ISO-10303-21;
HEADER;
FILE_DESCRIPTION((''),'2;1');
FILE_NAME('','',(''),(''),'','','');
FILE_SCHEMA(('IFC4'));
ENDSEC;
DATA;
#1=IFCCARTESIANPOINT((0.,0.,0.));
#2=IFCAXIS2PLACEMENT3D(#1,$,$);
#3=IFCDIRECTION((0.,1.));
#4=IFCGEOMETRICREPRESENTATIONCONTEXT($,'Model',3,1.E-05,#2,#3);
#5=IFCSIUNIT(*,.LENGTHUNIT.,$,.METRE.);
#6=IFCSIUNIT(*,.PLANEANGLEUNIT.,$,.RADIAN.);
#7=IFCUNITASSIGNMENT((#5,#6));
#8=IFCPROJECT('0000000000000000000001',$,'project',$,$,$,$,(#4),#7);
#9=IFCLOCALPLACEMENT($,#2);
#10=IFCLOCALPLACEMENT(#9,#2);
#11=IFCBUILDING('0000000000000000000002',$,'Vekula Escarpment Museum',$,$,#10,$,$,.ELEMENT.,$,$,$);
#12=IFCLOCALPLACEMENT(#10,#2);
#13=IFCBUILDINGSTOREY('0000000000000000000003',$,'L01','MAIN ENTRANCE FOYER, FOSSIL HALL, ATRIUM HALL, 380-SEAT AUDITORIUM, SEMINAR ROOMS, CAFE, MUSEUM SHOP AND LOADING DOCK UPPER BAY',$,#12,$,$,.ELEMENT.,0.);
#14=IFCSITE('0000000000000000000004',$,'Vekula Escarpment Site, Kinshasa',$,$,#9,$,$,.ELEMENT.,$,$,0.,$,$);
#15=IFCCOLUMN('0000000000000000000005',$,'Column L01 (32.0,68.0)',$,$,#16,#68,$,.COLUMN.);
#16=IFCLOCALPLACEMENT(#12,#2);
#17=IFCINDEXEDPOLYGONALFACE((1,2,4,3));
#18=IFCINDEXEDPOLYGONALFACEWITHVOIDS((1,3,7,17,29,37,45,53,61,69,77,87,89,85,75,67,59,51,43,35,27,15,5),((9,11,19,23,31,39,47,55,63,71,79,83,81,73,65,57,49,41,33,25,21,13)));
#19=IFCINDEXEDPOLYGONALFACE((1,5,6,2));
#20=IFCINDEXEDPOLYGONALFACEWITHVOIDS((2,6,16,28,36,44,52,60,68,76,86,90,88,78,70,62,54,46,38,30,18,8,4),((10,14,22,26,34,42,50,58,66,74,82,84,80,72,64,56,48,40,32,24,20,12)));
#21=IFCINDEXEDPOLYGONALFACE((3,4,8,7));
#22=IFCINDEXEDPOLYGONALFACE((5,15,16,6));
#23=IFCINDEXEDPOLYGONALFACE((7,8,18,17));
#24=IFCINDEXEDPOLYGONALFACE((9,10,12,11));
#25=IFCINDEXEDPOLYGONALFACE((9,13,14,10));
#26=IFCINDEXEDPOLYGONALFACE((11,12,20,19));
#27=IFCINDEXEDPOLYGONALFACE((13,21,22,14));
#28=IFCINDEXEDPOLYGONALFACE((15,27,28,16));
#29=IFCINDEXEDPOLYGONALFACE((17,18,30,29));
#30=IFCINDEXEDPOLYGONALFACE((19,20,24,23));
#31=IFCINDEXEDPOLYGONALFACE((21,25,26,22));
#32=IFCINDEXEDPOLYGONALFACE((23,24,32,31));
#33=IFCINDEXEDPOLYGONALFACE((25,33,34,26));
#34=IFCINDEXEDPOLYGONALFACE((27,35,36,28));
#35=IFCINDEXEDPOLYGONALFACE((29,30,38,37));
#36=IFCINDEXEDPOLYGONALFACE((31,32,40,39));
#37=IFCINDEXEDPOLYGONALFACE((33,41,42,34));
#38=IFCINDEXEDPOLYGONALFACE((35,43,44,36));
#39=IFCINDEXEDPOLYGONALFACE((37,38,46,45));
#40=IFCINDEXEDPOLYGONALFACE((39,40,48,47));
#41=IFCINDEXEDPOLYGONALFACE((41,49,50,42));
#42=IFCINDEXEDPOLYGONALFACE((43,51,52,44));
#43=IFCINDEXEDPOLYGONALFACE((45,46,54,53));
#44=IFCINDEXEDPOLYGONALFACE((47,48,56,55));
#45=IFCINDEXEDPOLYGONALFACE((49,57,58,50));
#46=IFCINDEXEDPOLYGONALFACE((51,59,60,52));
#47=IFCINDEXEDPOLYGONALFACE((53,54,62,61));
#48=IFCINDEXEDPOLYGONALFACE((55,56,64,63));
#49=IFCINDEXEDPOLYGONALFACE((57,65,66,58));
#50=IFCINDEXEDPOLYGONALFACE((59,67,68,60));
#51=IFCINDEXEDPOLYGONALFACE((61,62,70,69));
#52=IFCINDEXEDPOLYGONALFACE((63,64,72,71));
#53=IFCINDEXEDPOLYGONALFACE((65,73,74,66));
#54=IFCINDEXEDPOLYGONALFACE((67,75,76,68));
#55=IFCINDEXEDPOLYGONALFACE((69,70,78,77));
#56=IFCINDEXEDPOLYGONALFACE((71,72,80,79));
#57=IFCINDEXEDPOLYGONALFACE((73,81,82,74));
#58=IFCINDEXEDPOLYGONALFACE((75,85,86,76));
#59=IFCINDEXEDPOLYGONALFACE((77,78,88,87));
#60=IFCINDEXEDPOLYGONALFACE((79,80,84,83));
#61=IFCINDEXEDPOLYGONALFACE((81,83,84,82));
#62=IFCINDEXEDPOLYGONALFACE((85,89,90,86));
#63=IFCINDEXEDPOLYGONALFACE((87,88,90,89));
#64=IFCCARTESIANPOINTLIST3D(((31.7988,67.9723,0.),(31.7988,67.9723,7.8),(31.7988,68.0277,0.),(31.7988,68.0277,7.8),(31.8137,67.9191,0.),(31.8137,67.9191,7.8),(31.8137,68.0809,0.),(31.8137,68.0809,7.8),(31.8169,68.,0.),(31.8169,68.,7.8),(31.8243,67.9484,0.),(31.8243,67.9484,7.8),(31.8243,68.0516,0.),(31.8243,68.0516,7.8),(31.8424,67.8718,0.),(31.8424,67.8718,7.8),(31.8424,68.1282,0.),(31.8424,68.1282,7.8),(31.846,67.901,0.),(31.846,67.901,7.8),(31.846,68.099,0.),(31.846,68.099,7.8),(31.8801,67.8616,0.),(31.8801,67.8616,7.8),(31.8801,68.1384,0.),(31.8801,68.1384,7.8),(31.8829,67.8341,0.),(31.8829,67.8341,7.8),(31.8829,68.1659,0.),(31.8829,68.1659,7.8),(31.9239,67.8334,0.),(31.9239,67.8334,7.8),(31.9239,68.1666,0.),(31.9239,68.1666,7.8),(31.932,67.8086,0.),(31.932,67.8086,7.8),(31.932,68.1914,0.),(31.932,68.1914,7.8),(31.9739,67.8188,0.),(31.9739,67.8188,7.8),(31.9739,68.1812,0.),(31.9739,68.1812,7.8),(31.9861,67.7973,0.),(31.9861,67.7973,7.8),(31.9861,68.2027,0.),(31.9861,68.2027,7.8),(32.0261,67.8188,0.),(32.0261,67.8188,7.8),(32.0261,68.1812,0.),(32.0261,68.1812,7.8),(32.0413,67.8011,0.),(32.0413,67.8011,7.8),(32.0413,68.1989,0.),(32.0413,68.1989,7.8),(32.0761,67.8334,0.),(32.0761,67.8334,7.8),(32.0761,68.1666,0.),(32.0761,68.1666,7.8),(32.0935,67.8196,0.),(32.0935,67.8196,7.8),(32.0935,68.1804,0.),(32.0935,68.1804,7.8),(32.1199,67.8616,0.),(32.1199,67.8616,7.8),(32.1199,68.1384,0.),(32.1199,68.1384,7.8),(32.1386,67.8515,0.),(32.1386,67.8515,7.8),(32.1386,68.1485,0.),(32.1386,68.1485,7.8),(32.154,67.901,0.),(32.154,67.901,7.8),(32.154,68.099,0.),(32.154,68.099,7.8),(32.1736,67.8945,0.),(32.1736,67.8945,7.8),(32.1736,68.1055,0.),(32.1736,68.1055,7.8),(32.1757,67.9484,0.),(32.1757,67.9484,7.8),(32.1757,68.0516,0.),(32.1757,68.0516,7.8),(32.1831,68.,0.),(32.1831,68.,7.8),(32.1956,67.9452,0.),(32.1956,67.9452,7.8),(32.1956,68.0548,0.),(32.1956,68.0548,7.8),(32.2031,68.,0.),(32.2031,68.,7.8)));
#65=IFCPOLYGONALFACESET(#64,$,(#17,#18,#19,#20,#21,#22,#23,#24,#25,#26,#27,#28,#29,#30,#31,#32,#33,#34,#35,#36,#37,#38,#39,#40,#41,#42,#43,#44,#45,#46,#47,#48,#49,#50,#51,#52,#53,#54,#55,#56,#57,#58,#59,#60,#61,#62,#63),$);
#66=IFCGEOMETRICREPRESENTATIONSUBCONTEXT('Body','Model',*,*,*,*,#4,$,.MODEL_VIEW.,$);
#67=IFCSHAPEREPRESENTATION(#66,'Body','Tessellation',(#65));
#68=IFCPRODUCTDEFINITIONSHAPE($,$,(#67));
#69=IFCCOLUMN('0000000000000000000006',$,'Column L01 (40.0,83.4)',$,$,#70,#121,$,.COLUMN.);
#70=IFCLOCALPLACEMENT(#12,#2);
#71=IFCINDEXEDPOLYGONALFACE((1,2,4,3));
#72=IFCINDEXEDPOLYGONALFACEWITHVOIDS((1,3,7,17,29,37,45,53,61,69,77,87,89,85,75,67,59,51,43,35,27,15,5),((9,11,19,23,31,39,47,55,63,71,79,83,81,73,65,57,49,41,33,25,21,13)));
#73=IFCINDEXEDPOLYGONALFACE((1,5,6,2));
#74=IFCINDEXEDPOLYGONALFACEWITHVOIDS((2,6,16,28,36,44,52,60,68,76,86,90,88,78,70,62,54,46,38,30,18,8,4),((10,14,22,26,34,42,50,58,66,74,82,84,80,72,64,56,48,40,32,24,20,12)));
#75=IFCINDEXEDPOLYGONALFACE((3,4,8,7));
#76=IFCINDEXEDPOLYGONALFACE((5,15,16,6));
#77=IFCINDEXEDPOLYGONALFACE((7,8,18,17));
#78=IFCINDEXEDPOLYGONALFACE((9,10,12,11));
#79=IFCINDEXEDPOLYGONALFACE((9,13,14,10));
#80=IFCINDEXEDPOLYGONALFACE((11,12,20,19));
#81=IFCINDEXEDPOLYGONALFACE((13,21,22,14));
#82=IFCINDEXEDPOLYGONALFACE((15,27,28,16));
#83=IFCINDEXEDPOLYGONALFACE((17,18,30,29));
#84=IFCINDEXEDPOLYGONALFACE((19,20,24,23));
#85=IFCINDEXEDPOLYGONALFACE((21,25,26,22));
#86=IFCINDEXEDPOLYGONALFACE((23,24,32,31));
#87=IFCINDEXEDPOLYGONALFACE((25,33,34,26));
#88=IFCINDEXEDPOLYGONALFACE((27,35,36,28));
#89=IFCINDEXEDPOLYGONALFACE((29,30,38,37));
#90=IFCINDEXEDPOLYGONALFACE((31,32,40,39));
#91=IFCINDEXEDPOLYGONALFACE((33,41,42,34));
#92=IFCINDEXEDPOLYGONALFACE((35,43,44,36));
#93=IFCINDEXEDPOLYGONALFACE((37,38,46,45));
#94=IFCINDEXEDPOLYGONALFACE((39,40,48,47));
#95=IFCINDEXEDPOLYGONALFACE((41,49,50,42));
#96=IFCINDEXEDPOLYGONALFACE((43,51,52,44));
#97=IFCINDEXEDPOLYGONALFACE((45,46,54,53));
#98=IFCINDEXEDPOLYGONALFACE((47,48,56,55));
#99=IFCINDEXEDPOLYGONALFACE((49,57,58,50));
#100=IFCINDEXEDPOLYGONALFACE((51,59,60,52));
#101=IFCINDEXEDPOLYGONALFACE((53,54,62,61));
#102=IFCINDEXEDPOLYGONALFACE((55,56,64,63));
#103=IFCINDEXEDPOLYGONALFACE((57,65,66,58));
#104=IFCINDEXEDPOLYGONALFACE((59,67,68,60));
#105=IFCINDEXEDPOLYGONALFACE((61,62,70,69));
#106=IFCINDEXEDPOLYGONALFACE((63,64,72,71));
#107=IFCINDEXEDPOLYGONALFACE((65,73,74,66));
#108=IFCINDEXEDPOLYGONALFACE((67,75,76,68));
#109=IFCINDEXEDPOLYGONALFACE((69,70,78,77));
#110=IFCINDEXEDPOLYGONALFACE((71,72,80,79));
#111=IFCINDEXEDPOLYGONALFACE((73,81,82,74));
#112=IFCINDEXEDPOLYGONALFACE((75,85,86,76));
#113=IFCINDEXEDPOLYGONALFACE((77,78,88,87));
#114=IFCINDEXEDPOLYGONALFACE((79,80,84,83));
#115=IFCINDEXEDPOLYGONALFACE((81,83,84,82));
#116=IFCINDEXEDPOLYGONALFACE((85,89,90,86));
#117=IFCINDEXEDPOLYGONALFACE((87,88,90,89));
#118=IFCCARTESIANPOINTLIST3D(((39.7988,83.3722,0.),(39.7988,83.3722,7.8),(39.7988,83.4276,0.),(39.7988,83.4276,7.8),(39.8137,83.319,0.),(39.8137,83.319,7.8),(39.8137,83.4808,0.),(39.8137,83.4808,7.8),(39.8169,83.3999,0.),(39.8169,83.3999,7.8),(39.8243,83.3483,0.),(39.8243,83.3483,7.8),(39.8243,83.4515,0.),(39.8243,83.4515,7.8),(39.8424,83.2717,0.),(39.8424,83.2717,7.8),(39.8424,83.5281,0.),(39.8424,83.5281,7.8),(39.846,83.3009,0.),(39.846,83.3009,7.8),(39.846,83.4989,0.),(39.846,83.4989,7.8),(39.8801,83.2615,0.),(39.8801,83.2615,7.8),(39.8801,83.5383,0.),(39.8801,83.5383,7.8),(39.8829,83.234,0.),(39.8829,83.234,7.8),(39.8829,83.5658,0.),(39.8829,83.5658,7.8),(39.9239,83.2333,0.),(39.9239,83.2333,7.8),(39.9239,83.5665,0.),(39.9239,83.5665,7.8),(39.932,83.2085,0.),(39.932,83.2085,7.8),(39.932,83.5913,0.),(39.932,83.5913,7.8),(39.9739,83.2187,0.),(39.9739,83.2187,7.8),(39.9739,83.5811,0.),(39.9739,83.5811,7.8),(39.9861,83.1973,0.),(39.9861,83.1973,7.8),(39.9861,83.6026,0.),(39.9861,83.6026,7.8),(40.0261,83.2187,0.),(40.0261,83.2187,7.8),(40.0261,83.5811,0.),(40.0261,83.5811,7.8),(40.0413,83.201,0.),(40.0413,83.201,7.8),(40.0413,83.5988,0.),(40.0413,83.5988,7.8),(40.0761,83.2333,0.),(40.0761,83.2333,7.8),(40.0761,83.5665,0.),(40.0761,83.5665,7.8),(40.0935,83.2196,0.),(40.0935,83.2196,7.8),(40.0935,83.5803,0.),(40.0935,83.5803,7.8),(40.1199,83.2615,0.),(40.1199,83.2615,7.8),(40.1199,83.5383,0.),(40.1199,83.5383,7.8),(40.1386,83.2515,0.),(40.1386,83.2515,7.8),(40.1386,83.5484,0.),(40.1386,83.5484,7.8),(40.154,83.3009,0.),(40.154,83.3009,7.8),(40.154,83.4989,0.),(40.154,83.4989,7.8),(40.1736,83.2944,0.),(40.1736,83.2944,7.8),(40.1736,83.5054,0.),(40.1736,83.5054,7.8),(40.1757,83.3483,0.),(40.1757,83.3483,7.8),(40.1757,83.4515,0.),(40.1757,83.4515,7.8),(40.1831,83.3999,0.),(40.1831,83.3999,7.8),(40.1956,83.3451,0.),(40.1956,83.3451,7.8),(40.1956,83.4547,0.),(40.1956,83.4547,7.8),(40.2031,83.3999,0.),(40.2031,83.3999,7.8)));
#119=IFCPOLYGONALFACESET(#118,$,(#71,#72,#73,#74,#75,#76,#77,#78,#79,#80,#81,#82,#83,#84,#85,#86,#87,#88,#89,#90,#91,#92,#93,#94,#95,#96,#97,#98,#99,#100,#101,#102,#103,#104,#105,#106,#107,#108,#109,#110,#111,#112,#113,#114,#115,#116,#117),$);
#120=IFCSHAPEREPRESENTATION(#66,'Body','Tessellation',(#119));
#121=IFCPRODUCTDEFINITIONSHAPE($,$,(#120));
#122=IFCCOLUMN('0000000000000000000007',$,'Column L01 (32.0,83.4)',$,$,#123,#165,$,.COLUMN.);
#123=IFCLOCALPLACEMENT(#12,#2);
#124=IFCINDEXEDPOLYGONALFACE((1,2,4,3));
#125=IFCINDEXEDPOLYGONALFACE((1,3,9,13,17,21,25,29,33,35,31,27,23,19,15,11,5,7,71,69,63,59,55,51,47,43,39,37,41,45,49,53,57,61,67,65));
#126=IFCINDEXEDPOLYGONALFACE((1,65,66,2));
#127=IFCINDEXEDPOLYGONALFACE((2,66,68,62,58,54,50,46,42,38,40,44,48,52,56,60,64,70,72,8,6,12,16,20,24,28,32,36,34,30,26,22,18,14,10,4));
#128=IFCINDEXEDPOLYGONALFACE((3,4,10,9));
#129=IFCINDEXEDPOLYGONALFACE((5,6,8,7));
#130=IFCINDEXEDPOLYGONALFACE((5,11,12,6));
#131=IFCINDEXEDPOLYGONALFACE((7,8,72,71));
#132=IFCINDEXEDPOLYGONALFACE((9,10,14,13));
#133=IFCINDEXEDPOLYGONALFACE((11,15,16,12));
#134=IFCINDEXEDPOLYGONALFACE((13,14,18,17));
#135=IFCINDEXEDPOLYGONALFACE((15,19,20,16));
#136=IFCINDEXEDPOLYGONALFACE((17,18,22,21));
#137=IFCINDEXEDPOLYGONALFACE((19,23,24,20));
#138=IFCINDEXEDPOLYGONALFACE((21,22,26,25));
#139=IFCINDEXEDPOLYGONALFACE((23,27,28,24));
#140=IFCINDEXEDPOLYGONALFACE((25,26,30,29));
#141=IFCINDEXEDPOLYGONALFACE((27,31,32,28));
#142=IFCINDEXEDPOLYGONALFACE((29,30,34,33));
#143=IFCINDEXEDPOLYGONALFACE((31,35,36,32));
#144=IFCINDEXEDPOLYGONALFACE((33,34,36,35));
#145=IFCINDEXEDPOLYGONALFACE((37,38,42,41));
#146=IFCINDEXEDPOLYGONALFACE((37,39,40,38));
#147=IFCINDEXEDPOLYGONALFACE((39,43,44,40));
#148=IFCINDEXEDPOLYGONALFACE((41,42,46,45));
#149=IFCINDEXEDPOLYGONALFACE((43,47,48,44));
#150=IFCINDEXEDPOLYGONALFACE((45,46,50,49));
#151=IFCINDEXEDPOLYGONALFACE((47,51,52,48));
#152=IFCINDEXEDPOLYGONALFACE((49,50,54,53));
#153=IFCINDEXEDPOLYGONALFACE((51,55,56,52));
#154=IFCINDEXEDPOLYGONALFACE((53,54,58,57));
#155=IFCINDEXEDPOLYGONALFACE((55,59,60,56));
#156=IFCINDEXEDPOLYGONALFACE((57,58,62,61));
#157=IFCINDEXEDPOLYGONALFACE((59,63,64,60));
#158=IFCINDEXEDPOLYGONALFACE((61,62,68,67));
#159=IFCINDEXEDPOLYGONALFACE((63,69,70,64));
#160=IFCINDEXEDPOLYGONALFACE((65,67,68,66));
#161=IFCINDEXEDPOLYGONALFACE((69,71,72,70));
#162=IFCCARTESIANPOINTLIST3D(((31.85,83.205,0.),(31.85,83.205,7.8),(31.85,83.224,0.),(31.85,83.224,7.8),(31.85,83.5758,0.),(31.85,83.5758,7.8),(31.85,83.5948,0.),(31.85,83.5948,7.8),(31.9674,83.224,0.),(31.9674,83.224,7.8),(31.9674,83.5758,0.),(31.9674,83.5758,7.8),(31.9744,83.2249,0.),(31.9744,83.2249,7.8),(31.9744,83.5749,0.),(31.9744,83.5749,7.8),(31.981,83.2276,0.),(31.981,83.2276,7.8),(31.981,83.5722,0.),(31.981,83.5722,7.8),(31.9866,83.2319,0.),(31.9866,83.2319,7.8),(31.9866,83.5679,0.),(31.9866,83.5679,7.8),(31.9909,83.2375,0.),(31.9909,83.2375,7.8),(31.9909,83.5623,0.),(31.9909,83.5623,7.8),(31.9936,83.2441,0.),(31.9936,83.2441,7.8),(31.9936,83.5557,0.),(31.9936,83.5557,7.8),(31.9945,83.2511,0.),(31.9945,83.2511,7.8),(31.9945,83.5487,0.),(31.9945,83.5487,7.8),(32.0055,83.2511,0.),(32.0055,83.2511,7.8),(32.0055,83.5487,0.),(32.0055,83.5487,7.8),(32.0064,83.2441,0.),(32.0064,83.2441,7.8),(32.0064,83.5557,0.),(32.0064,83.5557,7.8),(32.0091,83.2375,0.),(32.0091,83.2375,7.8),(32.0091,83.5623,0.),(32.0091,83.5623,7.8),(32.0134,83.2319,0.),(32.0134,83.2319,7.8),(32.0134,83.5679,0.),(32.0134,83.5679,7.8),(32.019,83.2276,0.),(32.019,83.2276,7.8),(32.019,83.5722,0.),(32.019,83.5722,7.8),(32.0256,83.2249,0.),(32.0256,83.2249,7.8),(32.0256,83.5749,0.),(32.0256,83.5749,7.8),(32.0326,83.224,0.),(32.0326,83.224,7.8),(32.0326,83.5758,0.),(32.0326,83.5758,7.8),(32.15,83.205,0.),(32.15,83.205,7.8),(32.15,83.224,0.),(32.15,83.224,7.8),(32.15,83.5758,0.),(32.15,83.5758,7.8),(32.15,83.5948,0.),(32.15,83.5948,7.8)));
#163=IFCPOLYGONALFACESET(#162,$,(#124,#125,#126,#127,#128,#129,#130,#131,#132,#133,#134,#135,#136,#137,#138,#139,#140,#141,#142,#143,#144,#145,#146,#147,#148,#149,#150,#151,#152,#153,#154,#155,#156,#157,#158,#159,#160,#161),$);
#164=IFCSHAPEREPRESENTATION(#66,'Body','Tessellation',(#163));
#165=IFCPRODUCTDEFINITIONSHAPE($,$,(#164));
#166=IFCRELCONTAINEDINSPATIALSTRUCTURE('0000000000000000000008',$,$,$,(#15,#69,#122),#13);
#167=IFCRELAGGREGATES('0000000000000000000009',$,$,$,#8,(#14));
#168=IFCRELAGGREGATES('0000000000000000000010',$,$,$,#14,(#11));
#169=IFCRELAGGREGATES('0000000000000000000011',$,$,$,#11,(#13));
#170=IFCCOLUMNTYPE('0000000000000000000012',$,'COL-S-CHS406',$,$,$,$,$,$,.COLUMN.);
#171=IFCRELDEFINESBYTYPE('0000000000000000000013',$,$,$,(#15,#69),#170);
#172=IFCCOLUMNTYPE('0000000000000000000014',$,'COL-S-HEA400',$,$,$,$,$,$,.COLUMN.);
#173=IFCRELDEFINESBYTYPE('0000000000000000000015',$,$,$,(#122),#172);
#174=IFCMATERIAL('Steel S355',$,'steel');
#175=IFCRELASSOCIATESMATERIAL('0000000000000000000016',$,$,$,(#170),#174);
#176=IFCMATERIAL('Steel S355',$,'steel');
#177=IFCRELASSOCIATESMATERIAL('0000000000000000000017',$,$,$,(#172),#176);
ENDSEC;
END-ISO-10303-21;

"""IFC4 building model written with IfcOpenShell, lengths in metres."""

from ifc_helpers import new_model, si_unit, direction, frame, origin, origin_2d, place, context, subcontext, project, spatial, hollow_circle, i_section, extrude, material, material_profile, profile_set, type_object, element, save


model = new_model("IFC4")

# Units and contexts
model_context = context("Model", 3, precision=1e-05, world=origin(), true_north=direction((0.0, 1.0)))
body_context = subcontext(model_context, "Body", "Model", "MODEL_VIEW")
ifc_project = project(units=[si_unit("LENGTHUNIT", "METRE"), si_unit("PLANEANGLEUNIT", "RADIAN")], contexts=[model_context])

# Site, building, storey
site_placement = place(None, origin())
site = spatial("IfcSite", under=ifc_project, at=site_placement, Name="Vekula Escarpment Site, Kinshasa", CompositionType="ELEMENT", RefElevation=0.0)
building_placement = place(site_placement, origin())
building = spatial("IfcBuilding", under=site, at=building_placement, Name="Vekula Escarpment Museum", CompositionType="ELEMENT")
storey_placement = place(building_placement, origin())
storey = spatial("IfcBuildingStorey", under=building, at=storey_placement, Name="L01", Description="MAIN ENTRANCE FOYER, FOSSIL HALL, ATRIUM HALL, 380-SEAT AUDITORIUM, SEMINAR ROOMS, CAFE, MUSEUM SHOP AND LOADING DOCK UPPER BAY", CompositionType="ELEMENT", Elevation=0.0)

# Columns
ifc_material_1 = material(Name="Steel S355", Category="steel")
ifc_material_profile_1 = material_profile(ifc_material_1, hollow_circle(Radius=0.2031, WallThickness=0.02, at=origin_2d()), Name="CHS 406.4x20")
ifc_profile_set_1 = profile_set([ifc_material_profile_1], Name="Steel S355")
column_type_1 = type_object("IfcColumnType", Name="COL-S-CHS406", PredefinedType="COLUMN", material=ifc_profile_set_1)
for number, where, z_axis, x_axis, name in (
    (1, (32.0, 68.0, 0.0), (0.0, 0.0, 1.0), (1.0, 0.0, 0.0), "Column L01 (32.0,68.0)"),
    (2, (40.0, 83.3999, 0.0), (0.0, 0.0, 1.0), (1.0, 0.0, 0.0), "Column L01 (40.0,83.4)"),
):
    element("IfcColumn", number, at=place(storey_placement, frame(where, z_axis=z_axis, x_axis=x_axis)), inside=storey, type_object=column_type_1, Name=name, PredefinedType="COLUMN", context=body_context, shape_type="SweptSolid", body=[
        extrude(hollow_circle(Radius=0.2031, WallThickness=0.02, at=origin_2d()), origin(), (0.0, 0.0, 1.0), 7.8),
    ])
ifc_material_2 = material(Name="Steel S355", Category="steel")
ifc_material_profile_2 = material_profile(ifc_material_2, i_section(OverallWidth=0.3, OverallDepth=0.3899, WebThickness=0.011, FlangeThickness=0.019, FilletRadius=0.0271, at=origin_2d()), Name="HEA 400")
ifc_profile_set_2 = profile_set([ifc_material_profile_2], Name="Steel S355")
column_type_2 = type_object("IfcColumnType", Name="COL-S-HEA400", PredefinedType="COLUMN", material=ifc_profile_set_2)
for number, where, z_axis, x_axis, name in (
    (3, (32.0, 83.3999, 0.0), (0.0, 0.0, 1.0), (1.0, 0.0, 0.0), "Column L01 (32.0,83.4)"),
):
    element("IfcColumn", number, at=place(storey_placement, frame(where, z_axis=z_axis, x_axis=x_axis)), inside=storey, type_object=column_type_2, Name=name, PredefinedType="COLUMN", context=body_context, shape_type="SweptSolid", body=[
        extrude(i_section(OverallWidth=0.3, OverallDepth=0.3899, WebThickness=0.011, FlangeThickness=0.019, FilletRadius=0.0271, at=origin_2d()), origin(), (0.0, 0.0, 1.0), 7.8),
    ])

save(model, "model.ifc")
